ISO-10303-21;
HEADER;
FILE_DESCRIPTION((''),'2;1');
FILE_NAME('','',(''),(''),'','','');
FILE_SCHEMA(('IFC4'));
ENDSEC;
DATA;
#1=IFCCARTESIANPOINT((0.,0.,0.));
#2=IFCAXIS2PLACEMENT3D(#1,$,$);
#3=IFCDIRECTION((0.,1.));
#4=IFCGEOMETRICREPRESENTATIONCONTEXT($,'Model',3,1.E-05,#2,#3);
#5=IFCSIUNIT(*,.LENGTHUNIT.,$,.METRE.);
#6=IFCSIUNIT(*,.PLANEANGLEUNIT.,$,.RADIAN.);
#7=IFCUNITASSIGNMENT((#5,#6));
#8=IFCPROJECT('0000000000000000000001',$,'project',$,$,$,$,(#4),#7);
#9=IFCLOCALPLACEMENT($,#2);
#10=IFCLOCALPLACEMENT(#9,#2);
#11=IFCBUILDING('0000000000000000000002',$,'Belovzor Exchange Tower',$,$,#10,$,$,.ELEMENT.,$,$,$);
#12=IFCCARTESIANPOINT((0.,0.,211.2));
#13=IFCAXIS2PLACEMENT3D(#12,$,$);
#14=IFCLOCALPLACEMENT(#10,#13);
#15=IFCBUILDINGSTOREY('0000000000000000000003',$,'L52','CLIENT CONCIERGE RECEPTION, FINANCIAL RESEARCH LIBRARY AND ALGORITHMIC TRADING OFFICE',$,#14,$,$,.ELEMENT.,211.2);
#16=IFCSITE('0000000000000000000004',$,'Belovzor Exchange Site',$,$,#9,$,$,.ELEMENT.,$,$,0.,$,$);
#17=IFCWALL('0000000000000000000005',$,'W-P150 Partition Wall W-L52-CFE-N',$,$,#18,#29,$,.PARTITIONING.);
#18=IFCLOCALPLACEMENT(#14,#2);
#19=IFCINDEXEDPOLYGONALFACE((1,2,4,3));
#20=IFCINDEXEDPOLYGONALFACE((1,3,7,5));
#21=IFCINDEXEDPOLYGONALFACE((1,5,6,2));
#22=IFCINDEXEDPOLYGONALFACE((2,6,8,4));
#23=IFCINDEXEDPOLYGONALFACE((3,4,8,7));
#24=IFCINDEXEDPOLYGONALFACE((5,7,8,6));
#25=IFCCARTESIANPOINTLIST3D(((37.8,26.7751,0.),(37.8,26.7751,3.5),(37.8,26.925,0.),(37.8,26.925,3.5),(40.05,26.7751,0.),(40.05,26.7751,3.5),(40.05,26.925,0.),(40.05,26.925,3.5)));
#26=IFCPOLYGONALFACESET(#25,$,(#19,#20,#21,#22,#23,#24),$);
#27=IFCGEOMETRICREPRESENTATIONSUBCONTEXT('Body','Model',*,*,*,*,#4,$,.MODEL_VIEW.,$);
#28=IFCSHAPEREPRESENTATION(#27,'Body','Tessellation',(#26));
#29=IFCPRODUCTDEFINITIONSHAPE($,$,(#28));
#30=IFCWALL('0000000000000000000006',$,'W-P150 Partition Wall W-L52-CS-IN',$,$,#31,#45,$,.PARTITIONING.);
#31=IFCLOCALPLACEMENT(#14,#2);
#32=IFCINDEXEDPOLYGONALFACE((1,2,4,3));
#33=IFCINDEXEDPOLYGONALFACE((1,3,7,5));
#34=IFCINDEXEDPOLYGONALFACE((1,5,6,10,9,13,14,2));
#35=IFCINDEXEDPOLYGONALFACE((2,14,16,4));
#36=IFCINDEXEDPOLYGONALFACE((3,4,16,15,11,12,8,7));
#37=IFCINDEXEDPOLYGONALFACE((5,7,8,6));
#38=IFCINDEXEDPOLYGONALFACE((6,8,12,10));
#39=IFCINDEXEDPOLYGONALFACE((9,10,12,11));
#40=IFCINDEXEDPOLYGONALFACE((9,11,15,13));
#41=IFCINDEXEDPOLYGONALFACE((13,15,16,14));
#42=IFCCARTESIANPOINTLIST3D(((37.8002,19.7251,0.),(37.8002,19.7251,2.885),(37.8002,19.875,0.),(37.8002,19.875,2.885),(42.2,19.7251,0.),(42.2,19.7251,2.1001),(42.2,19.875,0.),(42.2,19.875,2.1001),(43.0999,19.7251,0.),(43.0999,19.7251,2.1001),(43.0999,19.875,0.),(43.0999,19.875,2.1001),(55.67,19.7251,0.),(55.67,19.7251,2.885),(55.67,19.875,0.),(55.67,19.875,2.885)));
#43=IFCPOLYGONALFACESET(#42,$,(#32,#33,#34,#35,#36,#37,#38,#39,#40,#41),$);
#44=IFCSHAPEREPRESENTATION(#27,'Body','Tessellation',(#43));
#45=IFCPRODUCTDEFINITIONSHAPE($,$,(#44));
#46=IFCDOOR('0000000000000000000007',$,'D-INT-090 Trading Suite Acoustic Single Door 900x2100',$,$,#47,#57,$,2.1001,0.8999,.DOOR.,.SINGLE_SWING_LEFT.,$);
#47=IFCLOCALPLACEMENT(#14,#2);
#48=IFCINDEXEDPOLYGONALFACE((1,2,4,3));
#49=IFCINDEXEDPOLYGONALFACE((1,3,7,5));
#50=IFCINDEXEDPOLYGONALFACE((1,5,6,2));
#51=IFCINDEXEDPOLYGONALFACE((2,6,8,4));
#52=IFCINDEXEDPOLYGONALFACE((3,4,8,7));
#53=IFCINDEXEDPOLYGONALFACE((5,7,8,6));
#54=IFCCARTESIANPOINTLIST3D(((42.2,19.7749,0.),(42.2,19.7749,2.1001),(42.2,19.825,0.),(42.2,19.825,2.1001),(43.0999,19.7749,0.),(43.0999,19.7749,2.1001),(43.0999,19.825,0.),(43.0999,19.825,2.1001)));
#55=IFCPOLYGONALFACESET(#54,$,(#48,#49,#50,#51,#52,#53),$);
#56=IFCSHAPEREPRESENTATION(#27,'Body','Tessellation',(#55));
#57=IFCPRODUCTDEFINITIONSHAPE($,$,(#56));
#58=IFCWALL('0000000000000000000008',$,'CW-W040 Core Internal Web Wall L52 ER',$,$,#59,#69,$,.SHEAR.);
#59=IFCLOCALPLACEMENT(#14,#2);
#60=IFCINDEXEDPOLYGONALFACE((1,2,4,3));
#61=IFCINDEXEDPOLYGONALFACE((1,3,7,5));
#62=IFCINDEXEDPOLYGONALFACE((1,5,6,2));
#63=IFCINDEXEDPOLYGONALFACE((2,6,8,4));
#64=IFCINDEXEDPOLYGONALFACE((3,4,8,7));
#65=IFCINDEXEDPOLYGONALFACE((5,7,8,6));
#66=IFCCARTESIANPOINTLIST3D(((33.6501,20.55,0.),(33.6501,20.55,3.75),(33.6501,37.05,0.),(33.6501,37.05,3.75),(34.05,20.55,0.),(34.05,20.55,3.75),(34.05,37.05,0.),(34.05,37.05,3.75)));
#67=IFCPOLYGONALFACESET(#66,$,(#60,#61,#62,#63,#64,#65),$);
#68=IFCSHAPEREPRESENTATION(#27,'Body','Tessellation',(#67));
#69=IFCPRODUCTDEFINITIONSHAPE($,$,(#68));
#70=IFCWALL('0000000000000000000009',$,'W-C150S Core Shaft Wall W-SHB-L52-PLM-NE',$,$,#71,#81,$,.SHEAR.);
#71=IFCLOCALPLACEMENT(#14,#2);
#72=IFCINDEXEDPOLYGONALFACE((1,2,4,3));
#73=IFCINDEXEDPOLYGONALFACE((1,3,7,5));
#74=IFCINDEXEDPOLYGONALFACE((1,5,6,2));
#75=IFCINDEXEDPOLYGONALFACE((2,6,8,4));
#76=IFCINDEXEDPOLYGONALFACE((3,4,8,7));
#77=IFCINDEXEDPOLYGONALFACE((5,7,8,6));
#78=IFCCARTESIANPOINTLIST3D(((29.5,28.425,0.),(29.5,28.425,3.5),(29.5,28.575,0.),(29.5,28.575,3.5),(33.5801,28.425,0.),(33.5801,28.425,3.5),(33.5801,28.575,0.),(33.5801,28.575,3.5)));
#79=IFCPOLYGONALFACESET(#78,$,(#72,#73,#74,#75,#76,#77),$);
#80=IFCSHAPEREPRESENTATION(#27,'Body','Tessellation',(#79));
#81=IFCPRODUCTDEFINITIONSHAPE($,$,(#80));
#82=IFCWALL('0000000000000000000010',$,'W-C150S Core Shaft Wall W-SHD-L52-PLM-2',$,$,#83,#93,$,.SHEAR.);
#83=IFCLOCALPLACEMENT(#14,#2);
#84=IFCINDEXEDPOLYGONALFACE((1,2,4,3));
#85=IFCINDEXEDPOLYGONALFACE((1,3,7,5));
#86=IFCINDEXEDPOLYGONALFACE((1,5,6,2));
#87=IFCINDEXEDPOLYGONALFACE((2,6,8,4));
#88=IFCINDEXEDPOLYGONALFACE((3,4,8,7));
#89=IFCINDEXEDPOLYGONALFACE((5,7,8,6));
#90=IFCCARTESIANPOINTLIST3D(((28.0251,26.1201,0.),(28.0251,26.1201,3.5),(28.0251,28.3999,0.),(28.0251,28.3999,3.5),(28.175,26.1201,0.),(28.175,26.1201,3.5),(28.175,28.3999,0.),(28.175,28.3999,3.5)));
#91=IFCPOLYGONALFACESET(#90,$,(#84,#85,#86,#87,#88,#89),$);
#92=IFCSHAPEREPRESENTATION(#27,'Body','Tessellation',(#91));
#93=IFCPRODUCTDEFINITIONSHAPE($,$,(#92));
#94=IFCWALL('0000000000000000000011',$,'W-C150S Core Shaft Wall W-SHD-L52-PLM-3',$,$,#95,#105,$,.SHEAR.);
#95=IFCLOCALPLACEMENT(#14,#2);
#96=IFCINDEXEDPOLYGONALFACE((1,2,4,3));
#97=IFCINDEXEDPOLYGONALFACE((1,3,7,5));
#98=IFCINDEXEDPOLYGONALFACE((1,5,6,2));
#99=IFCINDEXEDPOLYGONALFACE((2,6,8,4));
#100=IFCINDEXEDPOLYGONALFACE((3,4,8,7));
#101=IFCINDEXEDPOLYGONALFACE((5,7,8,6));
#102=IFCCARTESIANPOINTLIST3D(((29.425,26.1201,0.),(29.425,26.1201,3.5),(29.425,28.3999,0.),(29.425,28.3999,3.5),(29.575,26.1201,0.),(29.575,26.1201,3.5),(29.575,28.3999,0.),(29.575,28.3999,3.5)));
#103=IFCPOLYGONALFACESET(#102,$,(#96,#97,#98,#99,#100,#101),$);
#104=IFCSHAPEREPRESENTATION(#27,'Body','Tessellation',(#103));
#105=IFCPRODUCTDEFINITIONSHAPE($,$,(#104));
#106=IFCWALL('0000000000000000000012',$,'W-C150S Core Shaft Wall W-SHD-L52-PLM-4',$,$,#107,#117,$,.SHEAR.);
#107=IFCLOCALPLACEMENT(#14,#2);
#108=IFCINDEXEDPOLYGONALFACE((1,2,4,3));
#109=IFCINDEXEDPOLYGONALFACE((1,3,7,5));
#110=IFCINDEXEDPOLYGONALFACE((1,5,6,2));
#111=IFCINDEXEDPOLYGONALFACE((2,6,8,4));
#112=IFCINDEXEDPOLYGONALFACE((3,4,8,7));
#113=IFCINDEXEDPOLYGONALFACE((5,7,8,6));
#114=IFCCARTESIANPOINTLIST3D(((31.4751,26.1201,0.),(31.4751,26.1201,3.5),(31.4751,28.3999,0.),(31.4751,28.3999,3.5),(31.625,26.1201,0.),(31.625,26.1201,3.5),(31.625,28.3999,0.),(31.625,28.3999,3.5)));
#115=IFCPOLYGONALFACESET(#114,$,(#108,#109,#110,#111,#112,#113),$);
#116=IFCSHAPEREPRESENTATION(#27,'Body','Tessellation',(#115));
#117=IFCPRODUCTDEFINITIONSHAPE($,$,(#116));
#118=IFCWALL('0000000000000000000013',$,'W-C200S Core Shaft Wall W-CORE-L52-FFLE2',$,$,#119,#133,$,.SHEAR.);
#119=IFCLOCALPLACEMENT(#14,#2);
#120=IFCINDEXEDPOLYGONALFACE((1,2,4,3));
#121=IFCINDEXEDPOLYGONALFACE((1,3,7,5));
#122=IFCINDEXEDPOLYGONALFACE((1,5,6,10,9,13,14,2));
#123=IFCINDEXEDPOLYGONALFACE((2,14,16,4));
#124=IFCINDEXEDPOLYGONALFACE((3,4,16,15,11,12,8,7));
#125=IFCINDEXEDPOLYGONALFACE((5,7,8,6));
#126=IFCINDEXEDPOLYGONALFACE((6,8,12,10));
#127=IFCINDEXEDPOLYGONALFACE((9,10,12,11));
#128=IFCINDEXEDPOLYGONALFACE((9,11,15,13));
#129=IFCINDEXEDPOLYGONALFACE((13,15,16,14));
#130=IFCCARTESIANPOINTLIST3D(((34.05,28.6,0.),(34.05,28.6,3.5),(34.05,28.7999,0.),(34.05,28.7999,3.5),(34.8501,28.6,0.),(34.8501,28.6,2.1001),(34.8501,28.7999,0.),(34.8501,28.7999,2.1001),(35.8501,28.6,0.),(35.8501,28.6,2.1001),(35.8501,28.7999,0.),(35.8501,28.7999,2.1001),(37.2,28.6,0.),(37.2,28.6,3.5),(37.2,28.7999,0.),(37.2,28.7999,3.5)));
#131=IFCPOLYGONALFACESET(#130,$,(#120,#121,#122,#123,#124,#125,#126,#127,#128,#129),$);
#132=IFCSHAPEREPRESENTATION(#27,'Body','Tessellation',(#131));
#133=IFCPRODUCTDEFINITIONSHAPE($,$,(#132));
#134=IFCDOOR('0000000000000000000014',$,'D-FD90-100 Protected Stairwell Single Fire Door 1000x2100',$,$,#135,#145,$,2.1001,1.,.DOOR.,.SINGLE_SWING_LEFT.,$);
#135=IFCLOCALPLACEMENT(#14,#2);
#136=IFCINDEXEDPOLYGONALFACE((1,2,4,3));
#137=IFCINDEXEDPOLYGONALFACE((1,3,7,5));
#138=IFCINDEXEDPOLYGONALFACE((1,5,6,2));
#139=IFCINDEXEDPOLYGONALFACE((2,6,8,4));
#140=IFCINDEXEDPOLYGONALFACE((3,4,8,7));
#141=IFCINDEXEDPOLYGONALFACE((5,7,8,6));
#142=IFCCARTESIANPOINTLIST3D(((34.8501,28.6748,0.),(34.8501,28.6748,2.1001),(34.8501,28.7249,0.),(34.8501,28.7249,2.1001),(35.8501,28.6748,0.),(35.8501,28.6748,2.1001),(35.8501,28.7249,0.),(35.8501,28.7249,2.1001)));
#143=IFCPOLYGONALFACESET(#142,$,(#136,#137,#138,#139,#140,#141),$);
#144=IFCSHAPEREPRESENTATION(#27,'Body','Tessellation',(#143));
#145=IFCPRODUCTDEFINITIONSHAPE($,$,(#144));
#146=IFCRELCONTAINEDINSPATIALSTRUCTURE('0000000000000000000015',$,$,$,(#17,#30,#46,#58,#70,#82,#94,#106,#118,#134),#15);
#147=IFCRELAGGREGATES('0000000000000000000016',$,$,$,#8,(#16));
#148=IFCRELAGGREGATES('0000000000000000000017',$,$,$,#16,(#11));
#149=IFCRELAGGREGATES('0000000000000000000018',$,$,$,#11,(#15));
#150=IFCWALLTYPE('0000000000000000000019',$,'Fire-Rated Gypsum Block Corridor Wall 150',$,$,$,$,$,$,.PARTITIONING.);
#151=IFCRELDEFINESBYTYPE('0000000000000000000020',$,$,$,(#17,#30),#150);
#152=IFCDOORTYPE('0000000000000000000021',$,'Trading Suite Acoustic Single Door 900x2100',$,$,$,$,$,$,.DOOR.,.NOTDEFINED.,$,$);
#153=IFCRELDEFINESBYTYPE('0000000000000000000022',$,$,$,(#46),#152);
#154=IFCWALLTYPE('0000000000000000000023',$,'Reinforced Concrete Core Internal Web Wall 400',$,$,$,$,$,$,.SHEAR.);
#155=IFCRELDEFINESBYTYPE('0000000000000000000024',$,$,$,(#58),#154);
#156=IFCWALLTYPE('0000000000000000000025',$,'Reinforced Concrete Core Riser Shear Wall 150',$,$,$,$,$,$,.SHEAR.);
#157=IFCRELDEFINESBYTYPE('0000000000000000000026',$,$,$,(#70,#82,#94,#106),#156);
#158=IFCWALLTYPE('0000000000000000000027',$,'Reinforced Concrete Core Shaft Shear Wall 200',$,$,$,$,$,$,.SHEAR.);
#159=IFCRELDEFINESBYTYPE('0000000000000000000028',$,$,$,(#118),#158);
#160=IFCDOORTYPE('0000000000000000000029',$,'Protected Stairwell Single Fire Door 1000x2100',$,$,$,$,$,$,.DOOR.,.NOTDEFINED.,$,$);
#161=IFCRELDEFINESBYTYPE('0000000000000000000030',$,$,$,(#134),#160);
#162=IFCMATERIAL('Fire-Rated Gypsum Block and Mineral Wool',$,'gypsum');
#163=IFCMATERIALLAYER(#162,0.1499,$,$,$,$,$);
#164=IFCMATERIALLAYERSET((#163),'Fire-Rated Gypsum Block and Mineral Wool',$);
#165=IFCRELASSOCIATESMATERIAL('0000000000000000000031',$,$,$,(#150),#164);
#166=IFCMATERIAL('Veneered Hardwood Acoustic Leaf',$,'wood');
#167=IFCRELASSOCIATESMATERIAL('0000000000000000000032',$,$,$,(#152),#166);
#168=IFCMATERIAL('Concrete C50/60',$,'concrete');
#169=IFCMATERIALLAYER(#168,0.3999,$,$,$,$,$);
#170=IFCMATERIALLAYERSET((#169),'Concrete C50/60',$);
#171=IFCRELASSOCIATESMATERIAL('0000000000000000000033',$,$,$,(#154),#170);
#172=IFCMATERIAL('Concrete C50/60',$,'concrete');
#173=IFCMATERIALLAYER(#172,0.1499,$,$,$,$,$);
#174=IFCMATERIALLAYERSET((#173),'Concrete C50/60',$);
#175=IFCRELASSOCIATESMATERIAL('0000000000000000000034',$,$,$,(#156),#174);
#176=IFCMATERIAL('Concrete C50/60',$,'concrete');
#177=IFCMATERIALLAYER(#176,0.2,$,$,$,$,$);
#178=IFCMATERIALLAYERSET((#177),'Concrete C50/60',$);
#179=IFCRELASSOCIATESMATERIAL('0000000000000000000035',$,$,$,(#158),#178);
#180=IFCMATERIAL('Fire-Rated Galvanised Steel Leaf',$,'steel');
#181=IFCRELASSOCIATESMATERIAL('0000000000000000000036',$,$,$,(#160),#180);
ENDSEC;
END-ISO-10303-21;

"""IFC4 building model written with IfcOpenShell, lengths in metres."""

from ifc_helpers import new_model, si_unit, direction, frame, frame_2d, origin, place, context, subcontext, project, spatial, rectangle, extrude, material, layer, layer_set, type_object, element, fill, save


model = new_model("IFC4")

# Units and contexts
model_context = context("Model", 3, precision=1e-05, world=origin(), true_north=direction((0.0, 1.0)))
body_context = subcontext(model_context, "Body", "Model", "MODEL_VIEW")
ifc_project = project(units=[si_unit("LENGTHUNIT", "METRE"), si_unit("PLANEANGLEUNIT", "RADIAN")], contexts=[model_context])

# Site, building, storey
site_placement = place(None, origin())
site = spatial("IfcSite", under=ifc_project, at=site_placement, Name="Belovzor Exchange Site", CompositionType="ELEMENT", RefElevation=0.0)
building_placement = place(site_placement, origin())
building = spatial("IfcBuilding", under=site, at=building_placement, Name="Belovzor Exchange Tower", CompositionType="ELEMENT")
storey_placement = place(building_placement, frame((0.0, 0.0, 211.2)))
storey = spatial("IfcBuildingStorey", under=building, at=storey_placement, Name="L52", Description="CLIENT CONCIERGE RECEPTION, FINANCIAL RESEARCH LIBRARY AND ALGORITHMIC TRADING OFFICE", CompositionType="ELEMENT", Elevation=211.2)

# Wall
ifc_material_1 = material(Name="Fire-Rated Gypsum Block and Mineral Wool", Category="gypsum")
ifc_layer_1 = layer(ifc_material_1, 0.1499)
ifc_layer_set_1 = layer_set([ifc_layer_1], Name="Fire-Rated Gypsum Block and Mineral Wool")
wall_type_1 = type_object("IfcWallType", Name="Fire-Rated Gypsum Block Corridor Wall 150", PredefinedType="PARTITIONING", material=ifc_layer_set_1)
wall_1_placement = place(storey_placement, frame((37.8, 26.8501, 0.0), z_axis=(0.0, 0.0, 1.0), x_axis=(1.0, 0.0, 0.0)))
element("IfcWall", 1, at=wall_1_placement, inside=storey, type_object=wall_type_1, Name="W-P150 Partition Wall W-L52-CFE-N", PredefinedType="PARTITIONING", context=body_context, shape_type="SweptSolid", body=[
    extrude(rectangle(XDim=2.25, YDim=0.1499, at=frame_2d((1.125, 0.0))), origin(), (0.0, 0.0, 1.0), 3.5),
])

# Wall, opening, door
wall_2_placement = place(storey_placement, frame((37.8, 19.8, 0.0), z_axis=(0.0, 0.0, 1.0), x_axis=(1.0, 0.0, 0.0)))
wall_2 = element("IfcWall", 2, at=wall_2_placement, inside=storey, type_object=wall_type_1, Name="W-P150 Partition Wall W-L52-CS-IN", PredefinedType="PARTITIONING", context=body_context, shape_type="SweptSolid", body=[
    extrude(rectangle(XDim=17.8699, YDim=0.1499, at=frame_2d((8.9351, 0.0))), origin(), (0.0, 0.0, 1.0), 2.885),
])
opening_1_placement = place(wall_2_placement, frame((4.3999, 0.0, 0.0)))
opening_1 = element("IfcOpeningElement", 3, at=opening_1_placement, cuts=wall_2, PredefinedType="OPENING", context=body_context, shape_type="SweptSolid", body=[
    extrude(rectangle(XDim=0.8999, YDim=2.1001, at=frame_2d((0.45, 1.05))), frame((0.0, 0.085, 0.0), z_axis=(0.0, -1.0, 0.0), x_axis=(1.0, 0.0, 0.0)), (0.0, 0.0, 1.0), 0.1699),
])
ifc_material_2 = material(Name="Veneered Hardwood Acoustic Leaf", Category="wood")
door_type_1 = type_object("IfcDoorType", Name="Trading Suite Acoustic Single Door 900x2100", OperationType="NOTDEFINED", PredefinedType="DOOR", material=ifc_material_2)
door_1_placement = place(opening_1_placement, origin())
door_1 = element("IfcDoor", 4, at=door_1_placement, inside=storey, type_object=door_type_1, Name="D-INT-090 Trading Suite Acoustic Single Door 900x2100", OperationType="SINGLE_SWING_LEFT", OverallHeight=2.1001, OverallWidth=0.8999, PredefinedType="DOOR", context=body_context, shape_type="SweptSolid", body=[
    extrude(rectangle(XDim=0.8999, YDim=2.1001, at=frame_2d((0.45, 1.05))), frame((0.0, 0.0249, 0.0), z_axis=(0.0, -1.0, 0.0), x_axis=(1.0, 0.0, 0.0)), (0.0, 0.0, 1.0), 0.05),
])
fill(opening_1, door_1)

# Walls
ifc_material_3 = material(Name="Concrete C50/60", Category="concrete")
ifc_layer_2 = layer(ifc_material_3, 0.3999)
ifc_layer_set_2 = layer_set([ifc_layer_2], Name="Concrete C50/60")
wall_type_2 = type_object("IfcWallType", Name="Reinforced Concrete Core Internal Web Wall 400", PredefinedType="SHEAR", material=ifc_layer_set_2)
wall_3_placement = place(storey_placement, frame((33.8501, 20.55, 0.0), z_axis=(0.0, 0.0, 1.0), x_axis=(0.0, 1.0, 0.0)))
element("IfcWall", 5, at=wall_3_placement, inside=storey, type_object=wall_type_2, Name="CW-W040 Core Internal Web Wall L52 ER", PredefinedType="SHEAR", context=body_context, shape_type="SweptSolid", body=[
    extrude(rectangle(XDim=16.5, YDim=0.3999, at=frame_2d((8.25, 0.0))), origin(), (0.0, 0.0, 1.0), 3.75),
])
ifc_material_4 = material(Name="Concrete C50/60", Category="concrete")
ifc_layer_3 = layer(ifc_material_4, 0.1499)
ifc_layer_set_3 = layer_set([ifc_layer_3], Name="Concrete C50/60")
wall_type_3 = type_object("IfcWallType", Name="Reinforced Concrete Core Riser Shear Wall 150", PredefinedType="SHEAR", material=ifc_layer_set_3)
wall_4_placement = place(storey_placement, frame((29.5, 28.5, 0.0), z_axis=(0.0, 0.0, 1.0), x_axis=(1.0, 0.0, 0.0)))
element("IfcWall", 6, at=wall_4_placement, inside=storey, type_object=wall_type_3, Name="W-C150S Core Shaft Wall W-SHB-L52-PLM-NE", PredefinedType="SHEAR", context=body_context, shape_type="SweptSolid", body=[
    extrude(rectangle(XDim=4.0801, YDim=0.1499, at=frame_2d((2.04, 0.0))), origin(), (0.0, 0.0, 1.0), 3.5),
])
for number, where, z_axis, x_axis, name in (
    (7, (28.1001, 26.1201, 0.0), (0.0, 0.0, 1.0), (0.0, 1.0, 0.0), "W-C150S Core Shaft Wall W-SHD-L52-PLM-2"),
    (8, (29.5, 26.1201, 0.0), (0.0, 0.0, 1.0), (0.0, 1.0, 0.0), "W-C150S Core Shaft Wall W-SHD-L52-PLM-3"),
    (9, (31.55, 26.1201, 0.0), (0.0, 0.0, 1.0), (0.0, 1.0, 0.0), "W-C150S Core Shaft Wall W-SHD-L52-PLM-4"),
):
    element("IfcWall", number, at=place(storey_placement, frame(where, z_axis=z_axis, x_axis=x_axis)), inside=storey, type_object=wall_type_3, Name=name, PredefinedType="SHEAR", context=body_context, shape_type="SweptSolid", body=[
        extrude(rectangle(XDim=2.2798, YDim=0.1499, at=frame_2d((1.1399, 0.0))), origin(), (0.0, 0.0, 1.0), 3.5),
    ])

# Wall, opening, door
ifc_material_5 = material(Name="Concrete C50/60", Category="concrete")
ifc_layer_4 = layer(ifc_material_5, 0.2)
ifc_layer_set_4 = layer_set([ifc_layer_4], Name="Concrete C50/60")
wall_type_4 = type_object("IfcWallType", Name="Reinforced Concrete Core Shaft Shear Wall 200", PredefinedType="SHEAR", material=ifc_layer_set_4)
wall_5_placement = place(storey_placement, frame((34.05, 28.7, 0.0), z_axis=(0.0, 0.0, 1.0), x_axis=(1.0, 0.0, 0.0)))
wall_5 = element("IfcWall", 10, at=wall_5_placement, inside=storey, type_object=wall_type_4, Name="W-C200S Core Shaft Wall W-CORE-L52-FFLE2", PredefinedType="SHEAR", context=body_context, shape_type="SweptSolid", body=[
    extrude(rectangle(XDim=3.1499, YDim=0.2, at=frame_2d((1.575, 0.0))), origin(), (0.0, 0.0, 1.0), 3.5),
])
opening_2_placement = place(wall_5_placement, frame((0.8, 0.0, 0.0)))
opening_2 = element("IfcOpeningElement", 11, at=opening_2_placement, cuts=wall_5, PredefinedType="OPENING", context=body_context, shape_type="SweptSolid", body=[
    extrude(rectangle(XDim=1.0, YDim=2.1001, at=frame_2d((0.5, 1.05))), frame((0.0, 0.1099, 0.0), z_axis=(0.0, -1.0, 0.0), x_axis=(1.0, 0.0, 0.0)), (0.0, 0.0, 1.0), 0.22),
])
ifc_material_6 = material(Name="Fire-Rated Galvanised Steel Leaf", Category="steel")
door_type_2 = type_object("IfcDoorType", Name="Protected Stairwell Single Fire Door 1000x2100", OperationType="NOTDEFINED", PredefinedType="DOOR", material=ifc_material_6)
door_2_placement = place(opening_2_placement, origin())
door_2 = element("IfcDoor", 12, at=door_2_placement, inside=storey, type_object=door_type_2, Name="D-FD90-100 Protected Stairwell Single Fire Door 1000x2100", OperationType="SINGLE_SWING_LEFT", OverallHeight=2.1001, OverallWidth=1.0, PredefinedType="DOOR", context=body_context, shape_type="SweptSolid", body=[
    extrude(rectangle(XDim=1.0, YDim=2.1001, at=frame_2d((0.5, 1.05))), frame((0.0, 0.0249, 0.0), z_axis=(0.0, -1.0, 0.0), x_axis=(1.0, 0.0, 0.0)), (0.0, 0.0, 1.0), 0.05),
])
fill(opening_2, door_2)

save(model, "model.ifc")
